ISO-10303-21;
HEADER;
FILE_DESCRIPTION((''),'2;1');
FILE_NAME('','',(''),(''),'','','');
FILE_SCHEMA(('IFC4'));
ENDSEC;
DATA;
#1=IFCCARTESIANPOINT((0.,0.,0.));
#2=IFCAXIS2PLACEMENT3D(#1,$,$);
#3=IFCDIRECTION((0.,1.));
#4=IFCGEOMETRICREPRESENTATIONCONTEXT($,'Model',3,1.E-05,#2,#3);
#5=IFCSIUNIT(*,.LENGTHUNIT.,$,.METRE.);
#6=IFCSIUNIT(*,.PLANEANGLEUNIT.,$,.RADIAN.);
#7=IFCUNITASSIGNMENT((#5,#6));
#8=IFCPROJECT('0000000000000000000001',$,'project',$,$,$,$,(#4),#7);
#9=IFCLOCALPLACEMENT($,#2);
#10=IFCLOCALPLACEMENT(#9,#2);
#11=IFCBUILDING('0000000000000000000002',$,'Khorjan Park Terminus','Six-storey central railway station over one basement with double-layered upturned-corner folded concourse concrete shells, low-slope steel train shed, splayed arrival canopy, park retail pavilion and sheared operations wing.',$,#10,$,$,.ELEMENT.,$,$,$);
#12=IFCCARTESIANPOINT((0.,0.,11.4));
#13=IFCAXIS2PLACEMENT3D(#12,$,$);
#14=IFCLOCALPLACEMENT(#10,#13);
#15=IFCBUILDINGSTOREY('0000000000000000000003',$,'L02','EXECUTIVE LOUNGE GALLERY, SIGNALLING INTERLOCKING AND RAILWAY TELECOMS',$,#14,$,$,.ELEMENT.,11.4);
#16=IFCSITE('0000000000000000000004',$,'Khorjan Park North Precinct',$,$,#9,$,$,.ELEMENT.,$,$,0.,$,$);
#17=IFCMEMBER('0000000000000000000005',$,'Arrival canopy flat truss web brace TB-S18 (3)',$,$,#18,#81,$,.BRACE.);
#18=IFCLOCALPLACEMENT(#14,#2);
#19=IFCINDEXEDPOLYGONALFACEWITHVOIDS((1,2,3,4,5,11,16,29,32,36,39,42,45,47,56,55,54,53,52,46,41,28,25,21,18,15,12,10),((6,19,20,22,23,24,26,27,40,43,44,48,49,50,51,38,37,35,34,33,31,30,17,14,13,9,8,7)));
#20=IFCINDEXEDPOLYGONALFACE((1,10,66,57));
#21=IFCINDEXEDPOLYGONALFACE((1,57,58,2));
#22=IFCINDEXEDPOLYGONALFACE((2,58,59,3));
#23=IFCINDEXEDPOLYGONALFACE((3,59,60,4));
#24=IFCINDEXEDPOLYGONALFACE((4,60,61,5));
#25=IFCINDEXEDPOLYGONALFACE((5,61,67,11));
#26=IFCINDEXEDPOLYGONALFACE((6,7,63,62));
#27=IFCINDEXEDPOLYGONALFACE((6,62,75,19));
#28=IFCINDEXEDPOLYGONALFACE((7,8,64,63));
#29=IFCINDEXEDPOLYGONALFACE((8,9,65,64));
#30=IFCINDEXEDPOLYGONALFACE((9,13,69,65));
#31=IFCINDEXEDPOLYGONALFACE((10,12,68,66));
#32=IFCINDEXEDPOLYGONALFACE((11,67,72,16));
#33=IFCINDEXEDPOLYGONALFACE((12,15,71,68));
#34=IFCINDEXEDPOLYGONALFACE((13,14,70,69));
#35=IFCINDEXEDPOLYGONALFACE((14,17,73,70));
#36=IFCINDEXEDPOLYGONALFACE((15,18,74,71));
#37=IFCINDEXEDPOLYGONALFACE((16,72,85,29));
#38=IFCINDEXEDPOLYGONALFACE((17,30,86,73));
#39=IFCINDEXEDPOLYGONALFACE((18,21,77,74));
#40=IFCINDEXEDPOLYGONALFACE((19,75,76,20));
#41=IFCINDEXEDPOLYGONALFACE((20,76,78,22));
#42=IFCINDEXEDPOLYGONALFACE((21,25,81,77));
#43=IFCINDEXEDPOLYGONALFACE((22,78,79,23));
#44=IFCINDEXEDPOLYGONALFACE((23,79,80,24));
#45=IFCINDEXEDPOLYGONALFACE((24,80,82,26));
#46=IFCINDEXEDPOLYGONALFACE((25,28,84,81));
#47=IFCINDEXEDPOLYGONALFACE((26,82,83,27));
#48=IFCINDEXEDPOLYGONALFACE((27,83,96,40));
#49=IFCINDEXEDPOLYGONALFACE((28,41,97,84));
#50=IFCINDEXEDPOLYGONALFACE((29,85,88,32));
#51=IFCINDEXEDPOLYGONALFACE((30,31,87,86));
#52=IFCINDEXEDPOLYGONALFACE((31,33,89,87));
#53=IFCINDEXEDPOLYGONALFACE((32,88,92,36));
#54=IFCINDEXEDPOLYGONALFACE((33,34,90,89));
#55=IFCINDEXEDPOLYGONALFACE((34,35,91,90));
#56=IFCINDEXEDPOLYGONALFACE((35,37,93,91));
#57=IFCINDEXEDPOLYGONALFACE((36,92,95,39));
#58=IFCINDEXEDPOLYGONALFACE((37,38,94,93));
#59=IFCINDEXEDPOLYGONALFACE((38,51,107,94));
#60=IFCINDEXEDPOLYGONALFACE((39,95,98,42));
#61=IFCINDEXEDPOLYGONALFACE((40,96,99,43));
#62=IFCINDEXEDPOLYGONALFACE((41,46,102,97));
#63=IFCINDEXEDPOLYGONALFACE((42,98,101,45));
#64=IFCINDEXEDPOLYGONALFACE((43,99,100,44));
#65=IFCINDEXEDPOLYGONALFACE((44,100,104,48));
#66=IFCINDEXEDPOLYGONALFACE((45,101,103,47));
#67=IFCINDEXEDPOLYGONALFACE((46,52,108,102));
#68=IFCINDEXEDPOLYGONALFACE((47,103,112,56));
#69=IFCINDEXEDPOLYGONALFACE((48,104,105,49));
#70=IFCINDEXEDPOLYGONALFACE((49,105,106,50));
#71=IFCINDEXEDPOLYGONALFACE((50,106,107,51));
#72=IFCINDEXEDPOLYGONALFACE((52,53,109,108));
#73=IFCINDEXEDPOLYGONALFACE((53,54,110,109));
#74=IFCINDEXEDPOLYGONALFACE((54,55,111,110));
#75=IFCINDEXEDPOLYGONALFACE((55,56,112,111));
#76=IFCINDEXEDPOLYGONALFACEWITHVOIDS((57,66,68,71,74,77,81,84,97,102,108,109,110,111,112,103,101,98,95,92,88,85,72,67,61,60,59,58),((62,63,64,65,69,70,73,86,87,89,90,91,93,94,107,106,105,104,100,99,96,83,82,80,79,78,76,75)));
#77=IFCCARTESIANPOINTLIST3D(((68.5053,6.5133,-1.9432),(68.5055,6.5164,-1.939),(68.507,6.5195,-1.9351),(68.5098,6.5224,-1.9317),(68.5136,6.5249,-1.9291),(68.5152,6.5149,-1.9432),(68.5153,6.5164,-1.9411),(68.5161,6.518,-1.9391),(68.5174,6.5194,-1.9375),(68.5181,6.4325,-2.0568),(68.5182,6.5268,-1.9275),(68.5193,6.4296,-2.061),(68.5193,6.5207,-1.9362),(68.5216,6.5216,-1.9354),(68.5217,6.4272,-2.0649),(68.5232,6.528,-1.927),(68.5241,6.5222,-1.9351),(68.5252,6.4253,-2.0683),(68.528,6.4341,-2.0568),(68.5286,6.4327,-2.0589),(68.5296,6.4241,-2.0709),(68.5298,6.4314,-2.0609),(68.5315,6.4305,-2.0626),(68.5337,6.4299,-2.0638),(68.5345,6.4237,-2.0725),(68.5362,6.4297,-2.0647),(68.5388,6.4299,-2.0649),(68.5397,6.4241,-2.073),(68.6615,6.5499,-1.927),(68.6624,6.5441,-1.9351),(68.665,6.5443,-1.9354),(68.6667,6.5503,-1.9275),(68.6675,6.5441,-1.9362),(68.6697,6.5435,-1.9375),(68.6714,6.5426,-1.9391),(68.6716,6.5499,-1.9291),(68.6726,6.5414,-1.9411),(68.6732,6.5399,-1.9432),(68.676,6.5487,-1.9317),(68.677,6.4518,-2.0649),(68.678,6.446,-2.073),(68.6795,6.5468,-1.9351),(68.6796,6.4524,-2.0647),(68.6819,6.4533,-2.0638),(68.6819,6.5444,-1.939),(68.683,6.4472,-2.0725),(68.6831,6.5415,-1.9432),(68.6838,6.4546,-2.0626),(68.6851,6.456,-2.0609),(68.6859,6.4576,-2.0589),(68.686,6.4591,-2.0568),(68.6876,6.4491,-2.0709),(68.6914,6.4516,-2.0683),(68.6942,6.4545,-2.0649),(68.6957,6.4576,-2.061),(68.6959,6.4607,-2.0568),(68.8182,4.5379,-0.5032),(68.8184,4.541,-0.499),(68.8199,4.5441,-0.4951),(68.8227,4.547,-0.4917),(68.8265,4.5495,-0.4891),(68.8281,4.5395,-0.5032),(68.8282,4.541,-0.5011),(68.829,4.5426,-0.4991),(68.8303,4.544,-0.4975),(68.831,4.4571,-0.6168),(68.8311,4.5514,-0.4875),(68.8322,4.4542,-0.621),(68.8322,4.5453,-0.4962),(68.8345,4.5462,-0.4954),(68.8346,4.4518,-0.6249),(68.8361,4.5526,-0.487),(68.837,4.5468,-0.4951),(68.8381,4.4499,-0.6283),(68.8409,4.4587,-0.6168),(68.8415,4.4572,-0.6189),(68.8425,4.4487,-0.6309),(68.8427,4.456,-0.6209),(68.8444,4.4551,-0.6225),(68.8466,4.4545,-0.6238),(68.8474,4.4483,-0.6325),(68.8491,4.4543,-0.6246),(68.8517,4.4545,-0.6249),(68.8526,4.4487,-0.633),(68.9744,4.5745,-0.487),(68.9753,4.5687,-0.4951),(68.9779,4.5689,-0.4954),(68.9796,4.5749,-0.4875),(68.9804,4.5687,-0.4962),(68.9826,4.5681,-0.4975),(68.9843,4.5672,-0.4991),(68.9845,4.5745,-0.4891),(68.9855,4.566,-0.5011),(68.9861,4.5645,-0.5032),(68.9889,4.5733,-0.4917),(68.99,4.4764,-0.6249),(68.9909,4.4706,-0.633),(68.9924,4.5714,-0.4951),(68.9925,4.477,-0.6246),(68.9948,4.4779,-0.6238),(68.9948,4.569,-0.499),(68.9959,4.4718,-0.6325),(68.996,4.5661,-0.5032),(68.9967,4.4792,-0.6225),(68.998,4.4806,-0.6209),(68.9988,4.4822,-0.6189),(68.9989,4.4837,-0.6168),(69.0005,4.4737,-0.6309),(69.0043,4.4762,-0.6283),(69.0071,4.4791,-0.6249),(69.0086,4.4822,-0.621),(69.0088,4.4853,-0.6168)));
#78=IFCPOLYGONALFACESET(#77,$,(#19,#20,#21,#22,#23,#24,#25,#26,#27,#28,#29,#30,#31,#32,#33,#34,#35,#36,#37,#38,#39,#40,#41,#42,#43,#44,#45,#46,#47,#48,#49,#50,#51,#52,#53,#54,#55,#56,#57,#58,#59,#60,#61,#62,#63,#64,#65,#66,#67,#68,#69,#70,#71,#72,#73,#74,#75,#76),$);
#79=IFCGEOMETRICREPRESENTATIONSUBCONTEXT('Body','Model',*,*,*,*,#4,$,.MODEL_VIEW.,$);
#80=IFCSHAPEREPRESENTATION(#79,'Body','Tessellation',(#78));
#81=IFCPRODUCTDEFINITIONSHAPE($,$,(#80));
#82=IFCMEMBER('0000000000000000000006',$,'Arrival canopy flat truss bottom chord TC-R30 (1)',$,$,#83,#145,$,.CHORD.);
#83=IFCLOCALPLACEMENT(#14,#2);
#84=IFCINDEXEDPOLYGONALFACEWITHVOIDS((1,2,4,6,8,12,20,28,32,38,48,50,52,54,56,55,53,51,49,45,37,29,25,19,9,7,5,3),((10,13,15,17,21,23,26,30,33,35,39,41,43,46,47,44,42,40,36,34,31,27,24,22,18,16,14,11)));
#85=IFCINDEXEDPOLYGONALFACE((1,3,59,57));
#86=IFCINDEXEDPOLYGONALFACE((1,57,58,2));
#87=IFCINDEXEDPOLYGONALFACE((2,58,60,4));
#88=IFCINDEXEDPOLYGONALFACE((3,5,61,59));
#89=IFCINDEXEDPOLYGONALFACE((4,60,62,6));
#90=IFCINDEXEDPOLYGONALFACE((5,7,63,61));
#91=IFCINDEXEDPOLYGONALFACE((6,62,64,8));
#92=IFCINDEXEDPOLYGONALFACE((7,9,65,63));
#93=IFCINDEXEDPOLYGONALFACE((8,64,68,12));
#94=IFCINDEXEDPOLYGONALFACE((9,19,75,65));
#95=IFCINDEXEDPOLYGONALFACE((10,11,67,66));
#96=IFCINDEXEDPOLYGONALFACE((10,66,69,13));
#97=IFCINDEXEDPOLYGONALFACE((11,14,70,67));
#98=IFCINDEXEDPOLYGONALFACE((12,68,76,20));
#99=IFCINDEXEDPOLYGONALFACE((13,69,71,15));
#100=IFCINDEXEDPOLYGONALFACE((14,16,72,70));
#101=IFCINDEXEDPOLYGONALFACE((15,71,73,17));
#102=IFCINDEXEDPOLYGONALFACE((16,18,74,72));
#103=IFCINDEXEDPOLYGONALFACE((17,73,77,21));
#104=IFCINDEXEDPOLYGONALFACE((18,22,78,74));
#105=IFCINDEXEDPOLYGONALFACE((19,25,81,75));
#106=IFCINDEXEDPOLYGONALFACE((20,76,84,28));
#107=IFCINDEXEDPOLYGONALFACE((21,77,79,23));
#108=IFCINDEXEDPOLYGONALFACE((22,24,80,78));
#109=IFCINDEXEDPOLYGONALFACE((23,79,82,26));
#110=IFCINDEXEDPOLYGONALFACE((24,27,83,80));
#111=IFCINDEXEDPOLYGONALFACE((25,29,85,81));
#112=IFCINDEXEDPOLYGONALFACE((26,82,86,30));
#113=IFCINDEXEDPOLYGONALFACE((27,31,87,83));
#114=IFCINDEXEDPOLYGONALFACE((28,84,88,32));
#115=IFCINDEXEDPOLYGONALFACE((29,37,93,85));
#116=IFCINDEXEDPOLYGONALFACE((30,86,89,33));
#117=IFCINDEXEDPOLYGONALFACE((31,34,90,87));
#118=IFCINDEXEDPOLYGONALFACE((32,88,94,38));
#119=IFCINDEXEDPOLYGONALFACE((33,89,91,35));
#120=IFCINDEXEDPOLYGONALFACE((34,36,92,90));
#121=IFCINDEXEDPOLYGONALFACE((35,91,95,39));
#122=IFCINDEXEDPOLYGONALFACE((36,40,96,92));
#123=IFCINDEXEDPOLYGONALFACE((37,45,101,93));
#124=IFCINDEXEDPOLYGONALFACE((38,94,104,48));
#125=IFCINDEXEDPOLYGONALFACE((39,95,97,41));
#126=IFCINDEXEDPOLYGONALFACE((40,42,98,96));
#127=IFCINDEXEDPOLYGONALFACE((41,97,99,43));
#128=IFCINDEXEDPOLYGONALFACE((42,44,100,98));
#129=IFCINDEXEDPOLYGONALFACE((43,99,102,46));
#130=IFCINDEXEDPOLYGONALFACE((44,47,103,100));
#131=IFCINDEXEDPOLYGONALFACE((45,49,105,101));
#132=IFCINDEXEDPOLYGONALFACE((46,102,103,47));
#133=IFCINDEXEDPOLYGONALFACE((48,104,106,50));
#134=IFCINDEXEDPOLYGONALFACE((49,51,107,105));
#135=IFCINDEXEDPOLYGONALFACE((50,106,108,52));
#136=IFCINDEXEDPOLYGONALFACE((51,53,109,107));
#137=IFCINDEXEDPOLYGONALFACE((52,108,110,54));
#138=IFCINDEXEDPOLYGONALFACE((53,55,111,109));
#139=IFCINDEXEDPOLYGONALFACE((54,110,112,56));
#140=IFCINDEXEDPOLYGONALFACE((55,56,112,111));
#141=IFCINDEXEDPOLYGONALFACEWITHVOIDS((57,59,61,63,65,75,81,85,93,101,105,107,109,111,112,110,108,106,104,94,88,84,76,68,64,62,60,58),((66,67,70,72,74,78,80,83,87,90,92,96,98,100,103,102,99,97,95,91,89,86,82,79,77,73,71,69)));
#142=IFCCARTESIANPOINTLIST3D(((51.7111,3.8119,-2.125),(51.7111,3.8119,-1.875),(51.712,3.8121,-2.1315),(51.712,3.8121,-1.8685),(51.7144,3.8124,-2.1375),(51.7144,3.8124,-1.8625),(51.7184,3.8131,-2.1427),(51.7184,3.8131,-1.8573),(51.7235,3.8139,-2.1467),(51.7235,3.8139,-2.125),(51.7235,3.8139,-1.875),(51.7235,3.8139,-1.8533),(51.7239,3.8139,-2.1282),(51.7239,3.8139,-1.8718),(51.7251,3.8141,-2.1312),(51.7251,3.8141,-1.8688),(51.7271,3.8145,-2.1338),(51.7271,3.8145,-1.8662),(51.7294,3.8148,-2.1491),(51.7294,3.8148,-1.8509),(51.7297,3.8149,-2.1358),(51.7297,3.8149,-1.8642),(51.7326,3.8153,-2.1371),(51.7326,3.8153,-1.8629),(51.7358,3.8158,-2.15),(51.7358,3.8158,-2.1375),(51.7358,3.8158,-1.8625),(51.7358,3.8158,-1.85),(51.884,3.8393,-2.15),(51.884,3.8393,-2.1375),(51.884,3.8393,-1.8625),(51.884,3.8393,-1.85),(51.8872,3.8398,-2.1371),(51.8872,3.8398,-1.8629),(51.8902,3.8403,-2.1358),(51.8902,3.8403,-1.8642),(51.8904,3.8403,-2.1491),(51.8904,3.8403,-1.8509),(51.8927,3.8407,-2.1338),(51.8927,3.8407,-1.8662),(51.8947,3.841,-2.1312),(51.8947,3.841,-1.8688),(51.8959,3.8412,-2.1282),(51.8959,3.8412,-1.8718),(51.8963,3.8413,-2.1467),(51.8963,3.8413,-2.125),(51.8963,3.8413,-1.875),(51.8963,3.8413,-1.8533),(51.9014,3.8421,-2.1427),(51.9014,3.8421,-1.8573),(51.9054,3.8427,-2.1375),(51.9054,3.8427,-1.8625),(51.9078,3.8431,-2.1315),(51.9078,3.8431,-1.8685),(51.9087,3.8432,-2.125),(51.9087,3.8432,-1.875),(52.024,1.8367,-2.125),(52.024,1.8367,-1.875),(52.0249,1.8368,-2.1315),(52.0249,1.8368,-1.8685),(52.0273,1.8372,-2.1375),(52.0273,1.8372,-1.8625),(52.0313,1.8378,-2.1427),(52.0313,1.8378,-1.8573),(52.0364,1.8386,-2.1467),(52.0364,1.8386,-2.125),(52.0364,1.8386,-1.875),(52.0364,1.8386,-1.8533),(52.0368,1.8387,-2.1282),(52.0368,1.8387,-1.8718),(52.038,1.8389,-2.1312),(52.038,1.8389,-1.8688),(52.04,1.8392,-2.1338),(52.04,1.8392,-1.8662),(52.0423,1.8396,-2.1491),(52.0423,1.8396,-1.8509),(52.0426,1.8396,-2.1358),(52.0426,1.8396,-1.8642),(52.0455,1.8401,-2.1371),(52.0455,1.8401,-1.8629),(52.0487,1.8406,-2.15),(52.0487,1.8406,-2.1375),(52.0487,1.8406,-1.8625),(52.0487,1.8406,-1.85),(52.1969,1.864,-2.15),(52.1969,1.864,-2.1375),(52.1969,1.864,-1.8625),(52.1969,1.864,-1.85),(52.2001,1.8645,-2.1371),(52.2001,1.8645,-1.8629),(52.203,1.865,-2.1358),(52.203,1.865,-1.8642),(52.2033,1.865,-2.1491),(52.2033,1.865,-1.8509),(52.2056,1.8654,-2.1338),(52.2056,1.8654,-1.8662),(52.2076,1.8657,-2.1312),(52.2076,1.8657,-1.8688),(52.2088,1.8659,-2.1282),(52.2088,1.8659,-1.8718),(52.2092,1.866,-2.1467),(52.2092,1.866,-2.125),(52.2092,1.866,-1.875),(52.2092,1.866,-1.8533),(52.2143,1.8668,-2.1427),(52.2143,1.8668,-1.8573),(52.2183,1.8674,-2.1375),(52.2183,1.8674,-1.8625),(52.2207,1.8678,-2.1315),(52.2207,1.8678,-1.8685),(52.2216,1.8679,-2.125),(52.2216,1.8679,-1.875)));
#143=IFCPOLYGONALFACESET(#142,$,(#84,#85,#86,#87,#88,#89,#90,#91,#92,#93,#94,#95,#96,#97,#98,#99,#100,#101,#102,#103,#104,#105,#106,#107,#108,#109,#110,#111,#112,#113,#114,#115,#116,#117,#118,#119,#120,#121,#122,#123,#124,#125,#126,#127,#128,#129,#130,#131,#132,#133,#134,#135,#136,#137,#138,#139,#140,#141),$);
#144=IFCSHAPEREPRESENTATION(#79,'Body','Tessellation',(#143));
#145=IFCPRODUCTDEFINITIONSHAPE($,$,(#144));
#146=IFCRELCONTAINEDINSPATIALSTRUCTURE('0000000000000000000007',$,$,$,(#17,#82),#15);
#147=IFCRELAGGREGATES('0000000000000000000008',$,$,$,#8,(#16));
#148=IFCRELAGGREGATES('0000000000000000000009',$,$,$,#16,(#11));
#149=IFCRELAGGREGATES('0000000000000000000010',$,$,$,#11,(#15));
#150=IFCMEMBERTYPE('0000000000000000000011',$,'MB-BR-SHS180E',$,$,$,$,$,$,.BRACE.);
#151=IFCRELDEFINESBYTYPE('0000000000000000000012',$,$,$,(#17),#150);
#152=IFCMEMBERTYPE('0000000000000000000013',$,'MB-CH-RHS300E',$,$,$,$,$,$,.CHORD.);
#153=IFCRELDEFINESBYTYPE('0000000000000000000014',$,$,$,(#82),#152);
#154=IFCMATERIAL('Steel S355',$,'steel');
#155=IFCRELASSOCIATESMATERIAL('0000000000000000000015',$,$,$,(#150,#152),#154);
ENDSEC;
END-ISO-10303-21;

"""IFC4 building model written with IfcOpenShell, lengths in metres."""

from ifc_helpers import new_model, si_unit, direction, frame, origin, origin_2d, place, context, subcontext, project, spatial, hollow_rectangle, extrude, material, material_profile, profile_set, type_object, element, save


model = new_model("IFC4")

# Units and contexts
model_context = context("Model", 3, precision=1e-05, world=origin(), true_north=direction((0.0, 1.0)))
body_context = subcontext(model_context, "Body", "Model", "MODEL_VIEW")
ifc_project = project(units=[si_unit("LENGTHUNIT", "METRE"), si_unit("PLANEANGLEUNIT", "RADIAN")], contexts=[model_context])

# Site, building, storey
site_placement = place(None, origin())
site = spatial("IfcSite", under=ifc_project, at=site_placement, Name="Khorjan Park North Precinct", CompositionType="ELEMENT", RefElevation=0.0)
building_placement = place(site_placement, origin())
building = spatial("IfcBuilding", under=site, at=building_placement, Name="Khorjan Park Terminus", Description="Six-storey central railway station over one basement with double-layered upturned-corner folded concourse concrete shells, low-slope steel train shed, splayed arrival canopy, park retail pavilion and sheared operations wing.", CompositionType="ELEMENT")
storey_placement = place(building_placement, frame((0.0, 0.0, 11.4)))
storey = spatial("IfcBuildingStorey", under=building, at=storey_placement, Name="L02", Description="EXECUTIVE LOUNGE GALLERY, SIGNALLING INTERLOCKING AND RAILWAY TELECOMS", CompositionType="ELEMENT", Elevation=11.4)

# Members
ifc_material_1 = material(Name="Steel S355", Category="steel")
ifc_material_profile_1 = material_profile(ifc_material_1, hollow_rectangle(XDim=0.18, YDim=0.18, WallThickness=0.01, InnerFilletRadius=0.01, OuterFilletRadius=0.02, at=origin_2d()), Name="SHS 180x180x10")
ifc_profile_set_1 = profile_set([ifc_material_profile_1], Name="Steel S355")
member_type_1 = type_object("IfcMemberType", Name="MB-BR-SHS180E", PredefinedType="BRACE", material=ifc_profile_set_1)
member_1_placement = place(storey_placement, frame((68.9135, 4.5116, -0.56), z_axis=(-0.126963, 0.801545, -0.584299), x_axis=(-0.987686, -0.156448, 0.0)))
element("IfcMember", 1, at=member_1_placement, inside=storey, type_object=member_type_1, Name="Arrival canopy flat truss web brace TB-S18 (3)", PredefinedType="BRACE", context=body_context, shape_type="SweptSolid", body=[
    extrude(hollow_rectangle(XDim=0.18, YDim=0.18, WallThickness=0.01, InnerFilletRadius=0.01, OuterFilletRadius=0.02, at=origin_2d()), origin(), (0.0, 0.0, 1.0), 2.4645),
])
ifc_material_profile_2 = material_profile(ifc_material_1, hollow_rectangle(XDim=0.2, YDim=0.3, WallThickness=0.0125, InnerFilletRadius=0.0125, OuterFilletRadius=0.025, at=origin_2d()), Name="RHS 300x200x12.5")
ifc_profile_set_2 = profile_set([ifc_material_profile_2], Name="Steel S355")
member_type_2 = type_object("IfcMemberType", Name="MB-CH-RHS300E", PredefinedType="CHORD", material=ifc_profile_set_2)
for number, where, z_axis, x_axis, name in (
    (2, (52.1228, 1.8523, -2.0), (-0.156456, 0.987685, 0.0), (-0.987685, -0.156456, 0.0), "Arrival canopy flat truss bottom chord TC-R30 (1)"),
):
    element("IfcMember", number, at=place(storey_placement, frame(where, z_axis=z_axis, x_axis=x_axis)), inside=storey, type_object=member_type_2, Name=name, PredefinedType="CHORD", context=body_context, shape_type="SweptSolid", body=[
        extrude(hollow_rectangle(XDim=0.2, YDim=0.3, WallThickness=0.0125, InnerFilletRadius=0.0125, OuterFilletRadius=0.025, at=origin_2d()), origin(), (0.0, 0.0, 1.0), 1.9999),
    ])

save(model, "model.ifc")
